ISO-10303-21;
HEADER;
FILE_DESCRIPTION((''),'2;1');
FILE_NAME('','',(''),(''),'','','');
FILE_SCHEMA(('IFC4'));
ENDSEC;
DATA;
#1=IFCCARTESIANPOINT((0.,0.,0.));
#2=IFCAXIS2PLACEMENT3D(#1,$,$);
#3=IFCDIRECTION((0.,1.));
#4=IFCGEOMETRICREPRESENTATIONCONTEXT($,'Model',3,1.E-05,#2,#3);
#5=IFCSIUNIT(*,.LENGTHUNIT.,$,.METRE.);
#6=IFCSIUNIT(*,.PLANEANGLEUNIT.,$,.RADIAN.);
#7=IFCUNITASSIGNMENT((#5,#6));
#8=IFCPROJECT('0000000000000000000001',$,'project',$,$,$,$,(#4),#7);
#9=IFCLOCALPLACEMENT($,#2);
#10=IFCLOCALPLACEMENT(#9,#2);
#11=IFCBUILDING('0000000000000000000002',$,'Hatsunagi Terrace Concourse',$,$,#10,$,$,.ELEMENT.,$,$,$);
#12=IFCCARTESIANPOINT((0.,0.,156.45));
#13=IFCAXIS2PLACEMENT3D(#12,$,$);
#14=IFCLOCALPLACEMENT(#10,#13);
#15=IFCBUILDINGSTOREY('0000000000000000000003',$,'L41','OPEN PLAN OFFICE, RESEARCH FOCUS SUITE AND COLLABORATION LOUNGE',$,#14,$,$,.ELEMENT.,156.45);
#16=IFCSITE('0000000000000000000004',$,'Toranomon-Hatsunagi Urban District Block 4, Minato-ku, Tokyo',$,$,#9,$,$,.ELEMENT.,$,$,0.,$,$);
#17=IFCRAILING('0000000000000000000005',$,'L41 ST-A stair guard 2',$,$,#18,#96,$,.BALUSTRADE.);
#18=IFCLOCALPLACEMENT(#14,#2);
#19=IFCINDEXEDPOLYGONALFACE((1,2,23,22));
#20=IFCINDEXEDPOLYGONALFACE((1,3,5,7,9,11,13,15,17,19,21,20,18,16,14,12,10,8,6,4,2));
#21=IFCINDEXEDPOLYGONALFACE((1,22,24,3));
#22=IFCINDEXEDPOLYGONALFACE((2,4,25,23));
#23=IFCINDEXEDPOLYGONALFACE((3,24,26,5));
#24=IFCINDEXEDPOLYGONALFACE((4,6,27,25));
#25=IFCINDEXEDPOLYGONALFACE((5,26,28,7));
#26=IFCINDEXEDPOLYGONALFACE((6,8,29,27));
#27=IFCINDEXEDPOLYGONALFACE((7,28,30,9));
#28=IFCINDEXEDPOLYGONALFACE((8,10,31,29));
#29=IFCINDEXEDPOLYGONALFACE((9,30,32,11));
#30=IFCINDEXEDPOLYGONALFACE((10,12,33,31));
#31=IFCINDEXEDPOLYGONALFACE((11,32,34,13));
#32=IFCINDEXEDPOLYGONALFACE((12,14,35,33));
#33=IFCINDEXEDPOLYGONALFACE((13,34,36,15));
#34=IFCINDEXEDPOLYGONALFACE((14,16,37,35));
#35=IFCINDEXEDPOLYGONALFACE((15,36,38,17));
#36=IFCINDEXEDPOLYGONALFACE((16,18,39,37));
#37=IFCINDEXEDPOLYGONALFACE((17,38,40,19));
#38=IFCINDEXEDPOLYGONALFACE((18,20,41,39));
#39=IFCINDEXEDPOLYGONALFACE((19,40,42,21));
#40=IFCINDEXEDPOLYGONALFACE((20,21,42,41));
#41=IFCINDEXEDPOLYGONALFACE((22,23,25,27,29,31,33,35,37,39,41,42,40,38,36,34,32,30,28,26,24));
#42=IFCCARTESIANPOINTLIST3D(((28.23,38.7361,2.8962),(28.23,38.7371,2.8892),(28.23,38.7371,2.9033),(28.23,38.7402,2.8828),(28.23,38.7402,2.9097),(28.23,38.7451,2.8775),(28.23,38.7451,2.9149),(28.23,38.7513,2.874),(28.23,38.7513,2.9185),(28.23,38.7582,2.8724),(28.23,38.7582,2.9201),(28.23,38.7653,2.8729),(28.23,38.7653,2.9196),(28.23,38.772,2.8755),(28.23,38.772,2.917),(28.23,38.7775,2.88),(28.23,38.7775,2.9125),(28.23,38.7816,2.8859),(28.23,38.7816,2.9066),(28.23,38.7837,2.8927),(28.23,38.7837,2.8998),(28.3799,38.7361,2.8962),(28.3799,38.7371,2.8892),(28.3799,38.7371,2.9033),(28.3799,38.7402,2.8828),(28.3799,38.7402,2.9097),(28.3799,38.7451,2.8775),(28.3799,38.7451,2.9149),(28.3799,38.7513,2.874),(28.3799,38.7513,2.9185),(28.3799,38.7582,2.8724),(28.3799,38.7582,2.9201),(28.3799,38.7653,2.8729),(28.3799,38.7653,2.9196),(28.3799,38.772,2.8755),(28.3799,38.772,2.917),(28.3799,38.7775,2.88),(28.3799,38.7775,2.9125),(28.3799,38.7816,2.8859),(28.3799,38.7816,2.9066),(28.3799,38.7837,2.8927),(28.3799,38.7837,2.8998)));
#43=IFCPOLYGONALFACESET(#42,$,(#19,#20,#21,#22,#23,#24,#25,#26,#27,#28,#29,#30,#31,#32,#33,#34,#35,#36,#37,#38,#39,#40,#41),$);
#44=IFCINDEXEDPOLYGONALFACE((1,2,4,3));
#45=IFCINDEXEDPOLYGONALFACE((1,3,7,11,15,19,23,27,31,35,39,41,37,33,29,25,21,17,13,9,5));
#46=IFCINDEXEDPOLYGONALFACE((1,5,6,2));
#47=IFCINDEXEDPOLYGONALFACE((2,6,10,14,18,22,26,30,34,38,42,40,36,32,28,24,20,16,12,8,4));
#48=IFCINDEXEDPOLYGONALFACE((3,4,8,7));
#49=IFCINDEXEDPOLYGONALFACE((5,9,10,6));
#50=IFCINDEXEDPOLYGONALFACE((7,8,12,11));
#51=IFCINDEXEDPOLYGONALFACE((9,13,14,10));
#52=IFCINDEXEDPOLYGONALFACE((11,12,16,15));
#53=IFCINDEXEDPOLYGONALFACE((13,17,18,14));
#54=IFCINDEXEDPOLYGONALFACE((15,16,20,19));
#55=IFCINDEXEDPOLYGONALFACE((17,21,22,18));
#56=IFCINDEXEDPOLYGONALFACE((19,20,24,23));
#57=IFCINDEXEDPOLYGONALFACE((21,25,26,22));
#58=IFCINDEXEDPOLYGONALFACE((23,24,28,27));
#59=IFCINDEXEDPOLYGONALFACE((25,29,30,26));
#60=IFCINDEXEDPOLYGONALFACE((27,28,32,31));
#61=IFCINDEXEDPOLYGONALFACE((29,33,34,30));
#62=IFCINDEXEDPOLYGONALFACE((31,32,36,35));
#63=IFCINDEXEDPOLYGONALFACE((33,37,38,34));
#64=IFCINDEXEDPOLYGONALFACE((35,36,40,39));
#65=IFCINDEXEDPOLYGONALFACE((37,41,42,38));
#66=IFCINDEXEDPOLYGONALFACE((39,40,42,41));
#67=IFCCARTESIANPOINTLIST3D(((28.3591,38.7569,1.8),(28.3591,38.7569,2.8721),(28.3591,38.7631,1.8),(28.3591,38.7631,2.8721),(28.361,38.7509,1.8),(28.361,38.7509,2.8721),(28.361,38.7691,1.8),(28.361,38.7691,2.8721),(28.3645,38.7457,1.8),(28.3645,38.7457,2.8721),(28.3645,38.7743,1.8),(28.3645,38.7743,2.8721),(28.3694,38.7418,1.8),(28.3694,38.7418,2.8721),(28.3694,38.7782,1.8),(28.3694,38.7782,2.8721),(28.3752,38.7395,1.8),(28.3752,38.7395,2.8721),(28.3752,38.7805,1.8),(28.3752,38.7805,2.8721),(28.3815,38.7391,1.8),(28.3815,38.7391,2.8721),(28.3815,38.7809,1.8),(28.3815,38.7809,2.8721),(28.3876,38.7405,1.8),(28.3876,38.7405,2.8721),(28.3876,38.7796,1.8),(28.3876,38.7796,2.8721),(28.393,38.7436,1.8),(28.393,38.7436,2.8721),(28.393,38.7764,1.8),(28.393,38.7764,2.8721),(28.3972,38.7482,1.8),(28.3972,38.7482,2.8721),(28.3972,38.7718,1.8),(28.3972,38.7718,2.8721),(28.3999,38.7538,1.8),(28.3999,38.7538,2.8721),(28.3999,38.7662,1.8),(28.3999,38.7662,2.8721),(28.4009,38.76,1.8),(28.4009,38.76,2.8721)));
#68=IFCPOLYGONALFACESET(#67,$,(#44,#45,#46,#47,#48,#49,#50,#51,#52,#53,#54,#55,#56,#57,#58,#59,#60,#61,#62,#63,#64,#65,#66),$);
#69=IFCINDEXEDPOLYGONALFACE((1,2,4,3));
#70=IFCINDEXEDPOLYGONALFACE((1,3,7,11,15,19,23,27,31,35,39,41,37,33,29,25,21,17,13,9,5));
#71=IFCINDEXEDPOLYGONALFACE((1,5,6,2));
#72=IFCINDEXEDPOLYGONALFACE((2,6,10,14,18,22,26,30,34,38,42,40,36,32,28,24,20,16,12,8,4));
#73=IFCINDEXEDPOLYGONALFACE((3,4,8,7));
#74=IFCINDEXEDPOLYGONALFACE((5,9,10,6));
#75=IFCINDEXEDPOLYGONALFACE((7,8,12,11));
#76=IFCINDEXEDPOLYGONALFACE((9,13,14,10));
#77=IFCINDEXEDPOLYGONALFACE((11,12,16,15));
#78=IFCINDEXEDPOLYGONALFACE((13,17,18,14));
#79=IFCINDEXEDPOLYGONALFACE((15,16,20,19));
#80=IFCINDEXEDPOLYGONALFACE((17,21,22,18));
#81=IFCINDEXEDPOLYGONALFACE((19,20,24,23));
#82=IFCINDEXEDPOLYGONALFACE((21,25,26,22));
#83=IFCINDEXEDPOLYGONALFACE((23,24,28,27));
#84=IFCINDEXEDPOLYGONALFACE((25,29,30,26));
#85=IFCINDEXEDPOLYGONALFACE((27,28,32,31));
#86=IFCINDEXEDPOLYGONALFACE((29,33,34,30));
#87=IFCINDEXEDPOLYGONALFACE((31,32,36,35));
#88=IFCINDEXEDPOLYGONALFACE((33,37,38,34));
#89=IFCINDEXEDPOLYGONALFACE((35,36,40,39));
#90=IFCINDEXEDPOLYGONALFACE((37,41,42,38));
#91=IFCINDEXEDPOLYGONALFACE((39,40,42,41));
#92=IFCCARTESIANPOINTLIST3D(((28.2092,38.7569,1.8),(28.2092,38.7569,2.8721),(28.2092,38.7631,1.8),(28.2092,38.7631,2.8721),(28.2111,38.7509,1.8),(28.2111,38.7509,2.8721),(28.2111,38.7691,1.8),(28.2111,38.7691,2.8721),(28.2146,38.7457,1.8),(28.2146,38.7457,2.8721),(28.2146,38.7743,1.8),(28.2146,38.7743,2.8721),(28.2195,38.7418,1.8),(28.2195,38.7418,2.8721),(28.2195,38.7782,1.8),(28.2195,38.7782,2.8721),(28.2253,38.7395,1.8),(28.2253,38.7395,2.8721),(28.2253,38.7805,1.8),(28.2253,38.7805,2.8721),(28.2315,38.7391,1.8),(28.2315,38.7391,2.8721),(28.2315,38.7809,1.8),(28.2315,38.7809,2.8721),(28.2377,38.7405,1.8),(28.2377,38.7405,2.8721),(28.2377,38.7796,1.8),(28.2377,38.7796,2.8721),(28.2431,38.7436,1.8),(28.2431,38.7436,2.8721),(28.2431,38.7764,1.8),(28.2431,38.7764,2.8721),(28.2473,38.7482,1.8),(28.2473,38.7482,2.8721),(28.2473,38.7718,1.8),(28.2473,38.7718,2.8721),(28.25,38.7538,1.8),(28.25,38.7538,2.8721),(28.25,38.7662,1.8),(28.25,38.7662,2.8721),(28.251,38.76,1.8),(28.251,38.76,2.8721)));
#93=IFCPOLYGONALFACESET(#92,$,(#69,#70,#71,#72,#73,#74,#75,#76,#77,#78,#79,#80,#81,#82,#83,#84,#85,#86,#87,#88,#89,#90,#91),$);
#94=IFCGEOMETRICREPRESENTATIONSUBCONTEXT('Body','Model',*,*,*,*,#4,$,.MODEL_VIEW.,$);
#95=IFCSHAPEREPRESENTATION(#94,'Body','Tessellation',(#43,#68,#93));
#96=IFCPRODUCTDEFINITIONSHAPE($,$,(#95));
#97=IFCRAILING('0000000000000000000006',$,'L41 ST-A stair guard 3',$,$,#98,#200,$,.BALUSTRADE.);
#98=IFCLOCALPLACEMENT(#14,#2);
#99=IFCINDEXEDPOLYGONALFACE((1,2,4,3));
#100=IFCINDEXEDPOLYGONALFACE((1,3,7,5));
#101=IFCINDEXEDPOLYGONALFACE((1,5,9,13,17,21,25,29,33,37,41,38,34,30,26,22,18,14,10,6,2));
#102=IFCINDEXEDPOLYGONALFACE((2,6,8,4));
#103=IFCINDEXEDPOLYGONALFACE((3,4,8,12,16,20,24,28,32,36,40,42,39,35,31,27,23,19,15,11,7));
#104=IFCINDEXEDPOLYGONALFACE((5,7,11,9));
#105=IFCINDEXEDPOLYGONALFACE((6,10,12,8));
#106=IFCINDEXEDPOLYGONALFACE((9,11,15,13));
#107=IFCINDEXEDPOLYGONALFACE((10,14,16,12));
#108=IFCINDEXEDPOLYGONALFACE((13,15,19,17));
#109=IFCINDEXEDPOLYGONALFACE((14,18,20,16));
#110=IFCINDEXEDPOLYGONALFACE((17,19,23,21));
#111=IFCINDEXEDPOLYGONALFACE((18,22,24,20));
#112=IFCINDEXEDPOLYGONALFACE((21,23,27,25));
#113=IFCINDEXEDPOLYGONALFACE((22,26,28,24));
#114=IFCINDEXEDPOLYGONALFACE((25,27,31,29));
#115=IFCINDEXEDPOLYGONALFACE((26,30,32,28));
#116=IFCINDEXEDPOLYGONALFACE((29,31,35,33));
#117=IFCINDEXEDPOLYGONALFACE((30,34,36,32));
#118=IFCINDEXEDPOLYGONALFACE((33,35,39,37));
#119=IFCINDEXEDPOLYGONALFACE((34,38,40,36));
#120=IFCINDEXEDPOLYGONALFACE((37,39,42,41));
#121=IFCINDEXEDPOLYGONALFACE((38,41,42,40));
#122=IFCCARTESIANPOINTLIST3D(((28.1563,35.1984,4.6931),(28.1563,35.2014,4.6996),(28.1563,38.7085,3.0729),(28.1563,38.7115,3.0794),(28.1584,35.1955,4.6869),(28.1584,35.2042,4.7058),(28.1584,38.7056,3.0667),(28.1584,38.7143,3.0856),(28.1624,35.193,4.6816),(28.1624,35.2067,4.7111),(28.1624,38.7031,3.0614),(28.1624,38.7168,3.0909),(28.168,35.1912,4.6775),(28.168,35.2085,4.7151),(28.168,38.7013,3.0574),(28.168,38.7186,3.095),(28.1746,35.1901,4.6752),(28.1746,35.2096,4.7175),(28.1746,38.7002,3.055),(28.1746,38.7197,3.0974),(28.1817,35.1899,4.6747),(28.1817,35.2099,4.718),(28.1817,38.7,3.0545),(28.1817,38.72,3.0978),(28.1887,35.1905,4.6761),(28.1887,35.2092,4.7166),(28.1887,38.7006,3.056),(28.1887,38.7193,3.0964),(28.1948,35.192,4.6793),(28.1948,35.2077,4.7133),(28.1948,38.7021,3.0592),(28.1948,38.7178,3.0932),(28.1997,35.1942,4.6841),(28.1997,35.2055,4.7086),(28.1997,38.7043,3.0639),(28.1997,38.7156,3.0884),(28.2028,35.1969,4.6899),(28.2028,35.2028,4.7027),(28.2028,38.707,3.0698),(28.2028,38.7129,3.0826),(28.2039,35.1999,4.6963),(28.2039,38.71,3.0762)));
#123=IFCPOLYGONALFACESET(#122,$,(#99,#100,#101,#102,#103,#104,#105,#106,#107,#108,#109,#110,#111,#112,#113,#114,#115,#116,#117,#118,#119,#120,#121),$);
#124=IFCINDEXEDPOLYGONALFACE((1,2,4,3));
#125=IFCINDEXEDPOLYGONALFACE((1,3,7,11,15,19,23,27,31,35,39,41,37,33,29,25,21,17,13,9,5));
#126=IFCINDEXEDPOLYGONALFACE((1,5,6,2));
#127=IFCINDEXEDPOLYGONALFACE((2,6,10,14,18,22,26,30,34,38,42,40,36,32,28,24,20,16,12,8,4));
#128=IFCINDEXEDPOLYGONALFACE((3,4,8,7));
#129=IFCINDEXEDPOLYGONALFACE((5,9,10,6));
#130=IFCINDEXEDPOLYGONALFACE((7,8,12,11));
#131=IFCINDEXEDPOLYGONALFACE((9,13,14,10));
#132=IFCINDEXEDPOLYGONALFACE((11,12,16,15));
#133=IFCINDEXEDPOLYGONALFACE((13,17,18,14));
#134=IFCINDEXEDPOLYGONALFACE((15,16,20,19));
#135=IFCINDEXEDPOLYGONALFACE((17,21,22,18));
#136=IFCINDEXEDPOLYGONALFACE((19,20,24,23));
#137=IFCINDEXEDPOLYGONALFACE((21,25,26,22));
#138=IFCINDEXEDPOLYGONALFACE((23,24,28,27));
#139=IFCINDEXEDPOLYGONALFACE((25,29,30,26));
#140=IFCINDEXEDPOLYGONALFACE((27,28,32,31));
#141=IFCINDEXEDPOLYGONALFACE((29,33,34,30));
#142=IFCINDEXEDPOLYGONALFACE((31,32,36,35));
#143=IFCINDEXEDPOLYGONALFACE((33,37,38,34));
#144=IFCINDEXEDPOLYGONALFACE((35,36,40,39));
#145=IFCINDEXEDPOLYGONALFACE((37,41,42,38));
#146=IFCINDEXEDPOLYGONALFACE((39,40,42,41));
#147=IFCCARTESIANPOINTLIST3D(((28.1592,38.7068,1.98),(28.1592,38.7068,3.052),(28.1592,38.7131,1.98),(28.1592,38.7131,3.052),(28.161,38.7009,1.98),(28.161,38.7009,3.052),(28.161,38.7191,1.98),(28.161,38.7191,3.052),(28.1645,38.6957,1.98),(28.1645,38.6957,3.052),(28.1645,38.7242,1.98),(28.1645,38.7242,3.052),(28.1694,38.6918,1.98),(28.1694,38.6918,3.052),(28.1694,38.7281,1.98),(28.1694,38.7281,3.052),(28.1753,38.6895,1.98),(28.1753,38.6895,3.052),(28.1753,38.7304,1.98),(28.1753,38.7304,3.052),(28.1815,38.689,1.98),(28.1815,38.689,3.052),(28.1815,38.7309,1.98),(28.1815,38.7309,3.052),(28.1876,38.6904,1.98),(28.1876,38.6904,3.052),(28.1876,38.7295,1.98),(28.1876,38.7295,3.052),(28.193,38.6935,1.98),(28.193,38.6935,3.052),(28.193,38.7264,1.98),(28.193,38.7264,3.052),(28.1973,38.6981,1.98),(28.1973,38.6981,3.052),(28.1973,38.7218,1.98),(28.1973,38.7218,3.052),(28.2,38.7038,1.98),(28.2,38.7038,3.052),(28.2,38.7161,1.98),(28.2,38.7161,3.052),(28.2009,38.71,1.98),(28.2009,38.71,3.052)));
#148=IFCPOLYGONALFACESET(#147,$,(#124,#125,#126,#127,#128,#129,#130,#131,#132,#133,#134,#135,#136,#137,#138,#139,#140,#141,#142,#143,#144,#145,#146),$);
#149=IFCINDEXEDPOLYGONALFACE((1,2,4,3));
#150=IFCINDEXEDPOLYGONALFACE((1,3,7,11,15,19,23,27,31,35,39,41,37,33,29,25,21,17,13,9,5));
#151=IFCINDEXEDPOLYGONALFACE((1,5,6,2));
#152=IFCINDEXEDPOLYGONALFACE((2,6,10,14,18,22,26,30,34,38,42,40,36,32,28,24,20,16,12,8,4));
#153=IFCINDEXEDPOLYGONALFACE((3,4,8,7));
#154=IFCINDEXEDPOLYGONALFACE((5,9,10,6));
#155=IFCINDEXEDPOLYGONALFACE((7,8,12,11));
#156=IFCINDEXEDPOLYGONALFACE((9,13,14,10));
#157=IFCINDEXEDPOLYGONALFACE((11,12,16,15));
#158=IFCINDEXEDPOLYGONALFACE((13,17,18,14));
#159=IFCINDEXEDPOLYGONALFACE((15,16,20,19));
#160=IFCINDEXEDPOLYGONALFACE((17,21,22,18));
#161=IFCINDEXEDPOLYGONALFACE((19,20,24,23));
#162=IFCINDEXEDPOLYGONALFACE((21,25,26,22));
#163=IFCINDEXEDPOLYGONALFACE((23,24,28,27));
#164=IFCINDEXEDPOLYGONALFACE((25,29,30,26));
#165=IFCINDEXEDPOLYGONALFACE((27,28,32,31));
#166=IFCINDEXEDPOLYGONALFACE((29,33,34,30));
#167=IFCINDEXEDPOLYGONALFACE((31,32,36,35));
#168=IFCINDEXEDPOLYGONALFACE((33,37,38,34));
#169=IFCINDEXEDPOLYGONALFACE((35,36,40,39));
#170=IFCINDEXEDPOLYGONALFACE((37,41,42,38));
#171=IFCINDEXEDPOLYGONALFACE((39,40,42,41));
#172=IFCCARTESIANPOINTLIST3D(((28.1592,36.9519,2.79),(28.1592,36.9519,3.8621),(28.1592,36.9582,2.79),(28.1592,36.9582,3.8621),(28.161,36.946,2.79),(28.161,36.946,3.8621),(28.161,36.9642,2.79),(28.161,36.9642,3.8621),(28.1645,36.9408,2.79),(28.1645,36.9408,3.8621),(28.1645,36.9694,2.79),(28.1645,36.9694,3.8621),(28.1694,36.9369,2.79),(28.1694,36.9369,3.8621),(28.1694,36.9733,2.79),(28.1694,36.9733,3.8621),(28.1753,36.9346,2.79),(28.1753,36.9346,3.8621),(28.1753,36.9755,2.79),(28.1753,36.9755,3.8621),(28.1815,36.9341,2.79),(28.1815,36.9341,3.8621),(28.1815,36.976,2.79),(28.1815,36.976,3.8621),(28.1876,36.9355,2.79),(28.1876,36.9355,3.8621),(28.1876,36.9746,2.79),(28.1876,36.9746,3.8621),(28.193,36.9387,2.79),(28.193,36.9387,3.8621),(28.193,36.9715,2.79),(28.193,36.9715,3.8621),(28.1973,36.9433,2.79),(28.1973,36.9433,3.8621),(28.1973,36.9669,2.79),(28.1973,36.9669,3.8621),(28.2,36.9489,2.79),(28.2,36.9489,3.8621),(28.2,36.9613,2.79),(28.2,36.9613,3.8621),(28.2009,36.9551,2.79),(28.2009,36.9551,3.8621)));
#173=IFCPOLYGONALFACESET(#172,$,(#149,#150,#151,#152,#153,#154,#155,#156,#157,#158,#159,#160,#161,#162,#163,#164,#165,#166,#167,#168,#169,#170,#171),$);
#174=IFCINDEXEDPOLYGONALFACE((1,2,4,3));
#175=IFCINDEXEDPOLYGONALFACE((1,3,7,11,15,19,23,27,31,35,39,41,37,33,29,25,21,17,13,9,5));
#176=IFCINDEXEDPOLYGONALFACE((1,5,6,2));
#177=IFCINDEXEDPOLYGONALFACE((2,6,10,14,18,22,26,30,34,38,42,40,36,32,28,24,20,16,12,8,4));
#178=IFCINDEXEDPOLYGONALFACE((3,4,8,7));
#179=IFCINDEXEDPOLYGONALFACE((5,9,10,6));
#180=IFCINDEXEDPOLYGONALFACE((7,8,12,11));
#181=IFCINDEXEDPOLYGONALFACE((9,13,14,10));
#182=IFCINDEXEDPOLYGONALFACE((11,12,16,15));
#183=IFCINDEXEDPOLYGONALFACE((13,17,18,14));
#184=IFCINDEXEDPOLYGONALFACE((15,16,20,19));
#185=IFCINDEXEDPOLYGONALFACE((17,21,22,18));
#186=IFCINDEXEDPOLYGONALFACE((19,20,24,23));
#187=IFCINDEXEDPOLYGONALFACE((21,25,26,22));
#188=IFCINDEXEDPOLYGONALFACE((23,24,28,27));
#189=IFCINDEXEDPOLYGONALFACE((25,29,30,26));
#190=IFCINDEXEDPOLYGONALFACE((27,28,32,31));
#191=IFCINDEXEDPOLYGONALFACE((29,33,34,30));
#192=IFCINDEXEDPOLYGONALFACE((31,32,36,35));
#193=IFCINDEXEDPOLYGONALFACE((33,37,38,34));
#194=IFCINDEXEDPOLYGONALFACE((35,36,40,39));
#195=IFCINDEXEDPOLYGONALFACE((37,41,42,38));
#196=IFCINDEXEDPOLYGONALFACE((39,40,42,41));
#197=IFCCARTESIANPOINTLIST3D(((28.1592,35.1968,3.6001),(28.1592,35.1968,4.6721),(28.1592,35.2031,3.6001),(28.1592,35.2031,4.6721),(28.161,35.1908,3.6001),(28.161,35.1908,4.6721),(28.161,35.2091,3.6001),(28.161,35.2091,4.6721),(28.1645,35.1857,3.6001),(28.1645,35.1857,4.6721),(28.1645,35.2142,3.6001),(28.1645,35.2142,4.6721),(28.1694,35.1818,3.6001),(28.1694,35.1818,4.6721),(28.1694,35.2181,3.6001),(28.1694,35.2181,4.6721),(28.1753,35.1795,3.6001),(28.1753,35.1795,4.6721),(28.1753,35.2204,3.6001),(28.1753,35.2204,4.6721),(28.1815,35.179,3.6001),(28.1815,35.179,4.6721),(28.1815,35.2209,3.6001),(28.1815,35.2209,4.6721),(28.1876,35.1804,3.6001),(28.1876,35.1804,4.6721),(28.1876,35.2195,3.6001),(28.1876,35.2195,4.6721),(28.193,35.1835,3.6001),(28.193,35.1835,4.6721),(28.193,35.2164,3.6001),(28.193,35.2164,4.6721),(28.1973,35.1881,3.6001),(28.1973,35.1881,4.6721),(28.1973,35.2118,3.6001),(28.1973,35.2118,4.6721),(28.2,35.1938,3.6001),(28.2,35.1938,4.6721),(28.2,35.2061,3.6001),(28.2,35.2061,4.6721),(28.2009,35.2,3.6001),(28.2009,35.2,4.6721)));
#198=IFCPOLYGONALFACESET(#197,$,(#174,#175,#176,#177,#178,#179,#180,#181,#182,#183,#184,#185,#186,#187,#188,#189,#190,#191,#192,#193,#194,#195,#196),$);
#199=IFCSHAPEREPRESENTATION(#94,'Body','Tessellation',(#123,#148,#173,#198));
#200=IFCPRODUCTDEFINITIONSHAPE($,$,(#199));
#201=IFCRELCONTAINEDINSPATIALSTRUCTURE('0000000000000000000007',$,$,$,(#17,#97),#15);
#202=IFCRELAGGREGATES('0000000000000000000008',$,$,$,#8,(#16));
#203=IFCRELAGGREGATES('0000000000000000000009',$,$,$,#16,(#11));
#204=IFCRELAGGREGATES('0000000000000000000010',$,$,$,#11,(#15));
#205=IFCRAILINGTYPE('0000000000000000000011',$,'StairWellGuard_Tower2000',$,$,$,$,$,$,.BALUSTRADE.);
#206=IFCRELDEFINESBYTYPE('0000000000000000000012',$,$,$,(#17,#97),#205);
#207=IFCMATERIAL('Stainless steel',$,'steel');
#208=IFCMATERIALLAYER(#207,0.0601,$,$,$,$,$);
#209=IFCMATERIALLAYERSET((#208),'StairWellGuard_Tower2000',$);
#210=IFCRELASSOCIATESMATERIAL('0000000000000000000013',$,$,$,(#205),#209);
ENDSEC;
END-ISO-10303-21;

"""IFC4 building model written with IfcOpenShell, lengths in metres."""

from ifc_helpers import new_model, si_unit, direction, frame, origin, origin_2d, place, context, subcontext, project, spatial, circle, extrude, material, layer, layer_set, type_object, element, save


model = new_model("IFC4")

# Units and contexts
model_context = context("Model", 3, precision=1e-05, world=origin(), true_north=direction((0.0, 1.0)))
body_context = subcontext(model_context, "Body", "Model", "MODEL_VIEW")
ifc_project = project(units=[si_unit("LENGTHUNIT", "METRE"), si_unit("PLANEANGLEUNIT", "RADIAN")], contexts=[model_context])

# Site, building, storey
site_placement = place(None, origin())
site = spatial("IfcSite", under=ifc_project, at=site_placement, Name="Toranomon-Hatsunagi Urban District Block 4, Minato-ku, Tokyo", CompositionType="ELEMENT", RefElevation=0.0)
building_placement = place(site_placement, origin())
building = spatial("IfcBuilding", under=site, at=building_placement, Name="Hatsunagi Terrace Concourse", CompositionType="ELEMENT")
storey_placement = place(building_placement, frame((0.0, 0.0, 156.45)))
storey = spatial("IfcBuildingStorey", under=building, at=storey_placement, Name="L41", Description="OPEN PLAN OFFICE, RESEARCH FOCUS SUITE AND COLLABORATION LOUNGE", CompositionType="ELEMENT", Elevation=156.45)

# Railings
ifc_material_1 = material(Name="Stainless steel", Category="steel")
ifc_layer_1 = layer(ifc_material_1, 0.0601)
ifc_layer_set_1 = layer_set([ifc_layer_1], Name="StairWellGuard_Tower2000")
railing_type = type_object("IfcRailingType", Name="StairWellGuard_Tower2000", PredefinedType="BALUSTRADE", material=ifc_layer_set_1)
railing_1_placement = place(storey_placement, frame((28.3799, 38.76, 1.8)))
element("IfcRailing", 1, at=railing_1_placement, inside=storey, type_object=railing_type, Name="L41 ST-A stair guard 2", PredefinedType="BALUSTRADE", context=body_context, shape_type="SweptSolid", body=[
    extrude(circle(Radius=0.0239, at=origin_2d()), frame((0.0, 0.0, 1.0962), z_axis=(-1.0, 0.0, 0.0), x_axis=(0.0, -1.0, 0.0)), (0.0, 0.0, 1.0), 0.1499),
    extrude(circle(Radius=0.021, at=origin_2d()), origin(), (0.0, 0.0, 1.0), 1.072),
    extrude(circle(Radius=0.021, at=origin_2d()), frame((-0.1499, 0.0, 0.0)), (0.0, 0.0, 1.0), 1.072),
])
railing_2_placement = place(storey_placement, frame((28.1799, 38.71, 1.98)))
element("IfcRailing", 2, at=railing_2_placement, inside=storey, type_object=railing_type, Name="L41 ST-A stair guard 3", PredefinedType="BALUSTRADE", context=body_context, shape_type="SweptSolid", body=[
    extrude(circle(Radius=0.0239, at=origin_2d()), frame((0.0, 0.0, 1.0962), z_axis=(0.0, -0.907948, 0.419082), x_axis=(1.0, 0.0, 0.0)), (0.0, 0.0, 1.0), 3.866),
    extrude(circle(Radius=0.021, at=origin_2d()), origin(), (0.0, 0.0, 1.0), 1.072),
    extrude(circle(Radius=0.021, at=origin_2d()), frame((0.0, -1.7549, 0.8101)), (0.0, 0.0, 1.0), 1.072),
    extrude(circle(Radius=0.021, at=origin_2d()), frame((0.0, -3.51, 1.6201)), (0.0, 0.0, 1.0), 1.072),
])

save(model, "model.ifc")
